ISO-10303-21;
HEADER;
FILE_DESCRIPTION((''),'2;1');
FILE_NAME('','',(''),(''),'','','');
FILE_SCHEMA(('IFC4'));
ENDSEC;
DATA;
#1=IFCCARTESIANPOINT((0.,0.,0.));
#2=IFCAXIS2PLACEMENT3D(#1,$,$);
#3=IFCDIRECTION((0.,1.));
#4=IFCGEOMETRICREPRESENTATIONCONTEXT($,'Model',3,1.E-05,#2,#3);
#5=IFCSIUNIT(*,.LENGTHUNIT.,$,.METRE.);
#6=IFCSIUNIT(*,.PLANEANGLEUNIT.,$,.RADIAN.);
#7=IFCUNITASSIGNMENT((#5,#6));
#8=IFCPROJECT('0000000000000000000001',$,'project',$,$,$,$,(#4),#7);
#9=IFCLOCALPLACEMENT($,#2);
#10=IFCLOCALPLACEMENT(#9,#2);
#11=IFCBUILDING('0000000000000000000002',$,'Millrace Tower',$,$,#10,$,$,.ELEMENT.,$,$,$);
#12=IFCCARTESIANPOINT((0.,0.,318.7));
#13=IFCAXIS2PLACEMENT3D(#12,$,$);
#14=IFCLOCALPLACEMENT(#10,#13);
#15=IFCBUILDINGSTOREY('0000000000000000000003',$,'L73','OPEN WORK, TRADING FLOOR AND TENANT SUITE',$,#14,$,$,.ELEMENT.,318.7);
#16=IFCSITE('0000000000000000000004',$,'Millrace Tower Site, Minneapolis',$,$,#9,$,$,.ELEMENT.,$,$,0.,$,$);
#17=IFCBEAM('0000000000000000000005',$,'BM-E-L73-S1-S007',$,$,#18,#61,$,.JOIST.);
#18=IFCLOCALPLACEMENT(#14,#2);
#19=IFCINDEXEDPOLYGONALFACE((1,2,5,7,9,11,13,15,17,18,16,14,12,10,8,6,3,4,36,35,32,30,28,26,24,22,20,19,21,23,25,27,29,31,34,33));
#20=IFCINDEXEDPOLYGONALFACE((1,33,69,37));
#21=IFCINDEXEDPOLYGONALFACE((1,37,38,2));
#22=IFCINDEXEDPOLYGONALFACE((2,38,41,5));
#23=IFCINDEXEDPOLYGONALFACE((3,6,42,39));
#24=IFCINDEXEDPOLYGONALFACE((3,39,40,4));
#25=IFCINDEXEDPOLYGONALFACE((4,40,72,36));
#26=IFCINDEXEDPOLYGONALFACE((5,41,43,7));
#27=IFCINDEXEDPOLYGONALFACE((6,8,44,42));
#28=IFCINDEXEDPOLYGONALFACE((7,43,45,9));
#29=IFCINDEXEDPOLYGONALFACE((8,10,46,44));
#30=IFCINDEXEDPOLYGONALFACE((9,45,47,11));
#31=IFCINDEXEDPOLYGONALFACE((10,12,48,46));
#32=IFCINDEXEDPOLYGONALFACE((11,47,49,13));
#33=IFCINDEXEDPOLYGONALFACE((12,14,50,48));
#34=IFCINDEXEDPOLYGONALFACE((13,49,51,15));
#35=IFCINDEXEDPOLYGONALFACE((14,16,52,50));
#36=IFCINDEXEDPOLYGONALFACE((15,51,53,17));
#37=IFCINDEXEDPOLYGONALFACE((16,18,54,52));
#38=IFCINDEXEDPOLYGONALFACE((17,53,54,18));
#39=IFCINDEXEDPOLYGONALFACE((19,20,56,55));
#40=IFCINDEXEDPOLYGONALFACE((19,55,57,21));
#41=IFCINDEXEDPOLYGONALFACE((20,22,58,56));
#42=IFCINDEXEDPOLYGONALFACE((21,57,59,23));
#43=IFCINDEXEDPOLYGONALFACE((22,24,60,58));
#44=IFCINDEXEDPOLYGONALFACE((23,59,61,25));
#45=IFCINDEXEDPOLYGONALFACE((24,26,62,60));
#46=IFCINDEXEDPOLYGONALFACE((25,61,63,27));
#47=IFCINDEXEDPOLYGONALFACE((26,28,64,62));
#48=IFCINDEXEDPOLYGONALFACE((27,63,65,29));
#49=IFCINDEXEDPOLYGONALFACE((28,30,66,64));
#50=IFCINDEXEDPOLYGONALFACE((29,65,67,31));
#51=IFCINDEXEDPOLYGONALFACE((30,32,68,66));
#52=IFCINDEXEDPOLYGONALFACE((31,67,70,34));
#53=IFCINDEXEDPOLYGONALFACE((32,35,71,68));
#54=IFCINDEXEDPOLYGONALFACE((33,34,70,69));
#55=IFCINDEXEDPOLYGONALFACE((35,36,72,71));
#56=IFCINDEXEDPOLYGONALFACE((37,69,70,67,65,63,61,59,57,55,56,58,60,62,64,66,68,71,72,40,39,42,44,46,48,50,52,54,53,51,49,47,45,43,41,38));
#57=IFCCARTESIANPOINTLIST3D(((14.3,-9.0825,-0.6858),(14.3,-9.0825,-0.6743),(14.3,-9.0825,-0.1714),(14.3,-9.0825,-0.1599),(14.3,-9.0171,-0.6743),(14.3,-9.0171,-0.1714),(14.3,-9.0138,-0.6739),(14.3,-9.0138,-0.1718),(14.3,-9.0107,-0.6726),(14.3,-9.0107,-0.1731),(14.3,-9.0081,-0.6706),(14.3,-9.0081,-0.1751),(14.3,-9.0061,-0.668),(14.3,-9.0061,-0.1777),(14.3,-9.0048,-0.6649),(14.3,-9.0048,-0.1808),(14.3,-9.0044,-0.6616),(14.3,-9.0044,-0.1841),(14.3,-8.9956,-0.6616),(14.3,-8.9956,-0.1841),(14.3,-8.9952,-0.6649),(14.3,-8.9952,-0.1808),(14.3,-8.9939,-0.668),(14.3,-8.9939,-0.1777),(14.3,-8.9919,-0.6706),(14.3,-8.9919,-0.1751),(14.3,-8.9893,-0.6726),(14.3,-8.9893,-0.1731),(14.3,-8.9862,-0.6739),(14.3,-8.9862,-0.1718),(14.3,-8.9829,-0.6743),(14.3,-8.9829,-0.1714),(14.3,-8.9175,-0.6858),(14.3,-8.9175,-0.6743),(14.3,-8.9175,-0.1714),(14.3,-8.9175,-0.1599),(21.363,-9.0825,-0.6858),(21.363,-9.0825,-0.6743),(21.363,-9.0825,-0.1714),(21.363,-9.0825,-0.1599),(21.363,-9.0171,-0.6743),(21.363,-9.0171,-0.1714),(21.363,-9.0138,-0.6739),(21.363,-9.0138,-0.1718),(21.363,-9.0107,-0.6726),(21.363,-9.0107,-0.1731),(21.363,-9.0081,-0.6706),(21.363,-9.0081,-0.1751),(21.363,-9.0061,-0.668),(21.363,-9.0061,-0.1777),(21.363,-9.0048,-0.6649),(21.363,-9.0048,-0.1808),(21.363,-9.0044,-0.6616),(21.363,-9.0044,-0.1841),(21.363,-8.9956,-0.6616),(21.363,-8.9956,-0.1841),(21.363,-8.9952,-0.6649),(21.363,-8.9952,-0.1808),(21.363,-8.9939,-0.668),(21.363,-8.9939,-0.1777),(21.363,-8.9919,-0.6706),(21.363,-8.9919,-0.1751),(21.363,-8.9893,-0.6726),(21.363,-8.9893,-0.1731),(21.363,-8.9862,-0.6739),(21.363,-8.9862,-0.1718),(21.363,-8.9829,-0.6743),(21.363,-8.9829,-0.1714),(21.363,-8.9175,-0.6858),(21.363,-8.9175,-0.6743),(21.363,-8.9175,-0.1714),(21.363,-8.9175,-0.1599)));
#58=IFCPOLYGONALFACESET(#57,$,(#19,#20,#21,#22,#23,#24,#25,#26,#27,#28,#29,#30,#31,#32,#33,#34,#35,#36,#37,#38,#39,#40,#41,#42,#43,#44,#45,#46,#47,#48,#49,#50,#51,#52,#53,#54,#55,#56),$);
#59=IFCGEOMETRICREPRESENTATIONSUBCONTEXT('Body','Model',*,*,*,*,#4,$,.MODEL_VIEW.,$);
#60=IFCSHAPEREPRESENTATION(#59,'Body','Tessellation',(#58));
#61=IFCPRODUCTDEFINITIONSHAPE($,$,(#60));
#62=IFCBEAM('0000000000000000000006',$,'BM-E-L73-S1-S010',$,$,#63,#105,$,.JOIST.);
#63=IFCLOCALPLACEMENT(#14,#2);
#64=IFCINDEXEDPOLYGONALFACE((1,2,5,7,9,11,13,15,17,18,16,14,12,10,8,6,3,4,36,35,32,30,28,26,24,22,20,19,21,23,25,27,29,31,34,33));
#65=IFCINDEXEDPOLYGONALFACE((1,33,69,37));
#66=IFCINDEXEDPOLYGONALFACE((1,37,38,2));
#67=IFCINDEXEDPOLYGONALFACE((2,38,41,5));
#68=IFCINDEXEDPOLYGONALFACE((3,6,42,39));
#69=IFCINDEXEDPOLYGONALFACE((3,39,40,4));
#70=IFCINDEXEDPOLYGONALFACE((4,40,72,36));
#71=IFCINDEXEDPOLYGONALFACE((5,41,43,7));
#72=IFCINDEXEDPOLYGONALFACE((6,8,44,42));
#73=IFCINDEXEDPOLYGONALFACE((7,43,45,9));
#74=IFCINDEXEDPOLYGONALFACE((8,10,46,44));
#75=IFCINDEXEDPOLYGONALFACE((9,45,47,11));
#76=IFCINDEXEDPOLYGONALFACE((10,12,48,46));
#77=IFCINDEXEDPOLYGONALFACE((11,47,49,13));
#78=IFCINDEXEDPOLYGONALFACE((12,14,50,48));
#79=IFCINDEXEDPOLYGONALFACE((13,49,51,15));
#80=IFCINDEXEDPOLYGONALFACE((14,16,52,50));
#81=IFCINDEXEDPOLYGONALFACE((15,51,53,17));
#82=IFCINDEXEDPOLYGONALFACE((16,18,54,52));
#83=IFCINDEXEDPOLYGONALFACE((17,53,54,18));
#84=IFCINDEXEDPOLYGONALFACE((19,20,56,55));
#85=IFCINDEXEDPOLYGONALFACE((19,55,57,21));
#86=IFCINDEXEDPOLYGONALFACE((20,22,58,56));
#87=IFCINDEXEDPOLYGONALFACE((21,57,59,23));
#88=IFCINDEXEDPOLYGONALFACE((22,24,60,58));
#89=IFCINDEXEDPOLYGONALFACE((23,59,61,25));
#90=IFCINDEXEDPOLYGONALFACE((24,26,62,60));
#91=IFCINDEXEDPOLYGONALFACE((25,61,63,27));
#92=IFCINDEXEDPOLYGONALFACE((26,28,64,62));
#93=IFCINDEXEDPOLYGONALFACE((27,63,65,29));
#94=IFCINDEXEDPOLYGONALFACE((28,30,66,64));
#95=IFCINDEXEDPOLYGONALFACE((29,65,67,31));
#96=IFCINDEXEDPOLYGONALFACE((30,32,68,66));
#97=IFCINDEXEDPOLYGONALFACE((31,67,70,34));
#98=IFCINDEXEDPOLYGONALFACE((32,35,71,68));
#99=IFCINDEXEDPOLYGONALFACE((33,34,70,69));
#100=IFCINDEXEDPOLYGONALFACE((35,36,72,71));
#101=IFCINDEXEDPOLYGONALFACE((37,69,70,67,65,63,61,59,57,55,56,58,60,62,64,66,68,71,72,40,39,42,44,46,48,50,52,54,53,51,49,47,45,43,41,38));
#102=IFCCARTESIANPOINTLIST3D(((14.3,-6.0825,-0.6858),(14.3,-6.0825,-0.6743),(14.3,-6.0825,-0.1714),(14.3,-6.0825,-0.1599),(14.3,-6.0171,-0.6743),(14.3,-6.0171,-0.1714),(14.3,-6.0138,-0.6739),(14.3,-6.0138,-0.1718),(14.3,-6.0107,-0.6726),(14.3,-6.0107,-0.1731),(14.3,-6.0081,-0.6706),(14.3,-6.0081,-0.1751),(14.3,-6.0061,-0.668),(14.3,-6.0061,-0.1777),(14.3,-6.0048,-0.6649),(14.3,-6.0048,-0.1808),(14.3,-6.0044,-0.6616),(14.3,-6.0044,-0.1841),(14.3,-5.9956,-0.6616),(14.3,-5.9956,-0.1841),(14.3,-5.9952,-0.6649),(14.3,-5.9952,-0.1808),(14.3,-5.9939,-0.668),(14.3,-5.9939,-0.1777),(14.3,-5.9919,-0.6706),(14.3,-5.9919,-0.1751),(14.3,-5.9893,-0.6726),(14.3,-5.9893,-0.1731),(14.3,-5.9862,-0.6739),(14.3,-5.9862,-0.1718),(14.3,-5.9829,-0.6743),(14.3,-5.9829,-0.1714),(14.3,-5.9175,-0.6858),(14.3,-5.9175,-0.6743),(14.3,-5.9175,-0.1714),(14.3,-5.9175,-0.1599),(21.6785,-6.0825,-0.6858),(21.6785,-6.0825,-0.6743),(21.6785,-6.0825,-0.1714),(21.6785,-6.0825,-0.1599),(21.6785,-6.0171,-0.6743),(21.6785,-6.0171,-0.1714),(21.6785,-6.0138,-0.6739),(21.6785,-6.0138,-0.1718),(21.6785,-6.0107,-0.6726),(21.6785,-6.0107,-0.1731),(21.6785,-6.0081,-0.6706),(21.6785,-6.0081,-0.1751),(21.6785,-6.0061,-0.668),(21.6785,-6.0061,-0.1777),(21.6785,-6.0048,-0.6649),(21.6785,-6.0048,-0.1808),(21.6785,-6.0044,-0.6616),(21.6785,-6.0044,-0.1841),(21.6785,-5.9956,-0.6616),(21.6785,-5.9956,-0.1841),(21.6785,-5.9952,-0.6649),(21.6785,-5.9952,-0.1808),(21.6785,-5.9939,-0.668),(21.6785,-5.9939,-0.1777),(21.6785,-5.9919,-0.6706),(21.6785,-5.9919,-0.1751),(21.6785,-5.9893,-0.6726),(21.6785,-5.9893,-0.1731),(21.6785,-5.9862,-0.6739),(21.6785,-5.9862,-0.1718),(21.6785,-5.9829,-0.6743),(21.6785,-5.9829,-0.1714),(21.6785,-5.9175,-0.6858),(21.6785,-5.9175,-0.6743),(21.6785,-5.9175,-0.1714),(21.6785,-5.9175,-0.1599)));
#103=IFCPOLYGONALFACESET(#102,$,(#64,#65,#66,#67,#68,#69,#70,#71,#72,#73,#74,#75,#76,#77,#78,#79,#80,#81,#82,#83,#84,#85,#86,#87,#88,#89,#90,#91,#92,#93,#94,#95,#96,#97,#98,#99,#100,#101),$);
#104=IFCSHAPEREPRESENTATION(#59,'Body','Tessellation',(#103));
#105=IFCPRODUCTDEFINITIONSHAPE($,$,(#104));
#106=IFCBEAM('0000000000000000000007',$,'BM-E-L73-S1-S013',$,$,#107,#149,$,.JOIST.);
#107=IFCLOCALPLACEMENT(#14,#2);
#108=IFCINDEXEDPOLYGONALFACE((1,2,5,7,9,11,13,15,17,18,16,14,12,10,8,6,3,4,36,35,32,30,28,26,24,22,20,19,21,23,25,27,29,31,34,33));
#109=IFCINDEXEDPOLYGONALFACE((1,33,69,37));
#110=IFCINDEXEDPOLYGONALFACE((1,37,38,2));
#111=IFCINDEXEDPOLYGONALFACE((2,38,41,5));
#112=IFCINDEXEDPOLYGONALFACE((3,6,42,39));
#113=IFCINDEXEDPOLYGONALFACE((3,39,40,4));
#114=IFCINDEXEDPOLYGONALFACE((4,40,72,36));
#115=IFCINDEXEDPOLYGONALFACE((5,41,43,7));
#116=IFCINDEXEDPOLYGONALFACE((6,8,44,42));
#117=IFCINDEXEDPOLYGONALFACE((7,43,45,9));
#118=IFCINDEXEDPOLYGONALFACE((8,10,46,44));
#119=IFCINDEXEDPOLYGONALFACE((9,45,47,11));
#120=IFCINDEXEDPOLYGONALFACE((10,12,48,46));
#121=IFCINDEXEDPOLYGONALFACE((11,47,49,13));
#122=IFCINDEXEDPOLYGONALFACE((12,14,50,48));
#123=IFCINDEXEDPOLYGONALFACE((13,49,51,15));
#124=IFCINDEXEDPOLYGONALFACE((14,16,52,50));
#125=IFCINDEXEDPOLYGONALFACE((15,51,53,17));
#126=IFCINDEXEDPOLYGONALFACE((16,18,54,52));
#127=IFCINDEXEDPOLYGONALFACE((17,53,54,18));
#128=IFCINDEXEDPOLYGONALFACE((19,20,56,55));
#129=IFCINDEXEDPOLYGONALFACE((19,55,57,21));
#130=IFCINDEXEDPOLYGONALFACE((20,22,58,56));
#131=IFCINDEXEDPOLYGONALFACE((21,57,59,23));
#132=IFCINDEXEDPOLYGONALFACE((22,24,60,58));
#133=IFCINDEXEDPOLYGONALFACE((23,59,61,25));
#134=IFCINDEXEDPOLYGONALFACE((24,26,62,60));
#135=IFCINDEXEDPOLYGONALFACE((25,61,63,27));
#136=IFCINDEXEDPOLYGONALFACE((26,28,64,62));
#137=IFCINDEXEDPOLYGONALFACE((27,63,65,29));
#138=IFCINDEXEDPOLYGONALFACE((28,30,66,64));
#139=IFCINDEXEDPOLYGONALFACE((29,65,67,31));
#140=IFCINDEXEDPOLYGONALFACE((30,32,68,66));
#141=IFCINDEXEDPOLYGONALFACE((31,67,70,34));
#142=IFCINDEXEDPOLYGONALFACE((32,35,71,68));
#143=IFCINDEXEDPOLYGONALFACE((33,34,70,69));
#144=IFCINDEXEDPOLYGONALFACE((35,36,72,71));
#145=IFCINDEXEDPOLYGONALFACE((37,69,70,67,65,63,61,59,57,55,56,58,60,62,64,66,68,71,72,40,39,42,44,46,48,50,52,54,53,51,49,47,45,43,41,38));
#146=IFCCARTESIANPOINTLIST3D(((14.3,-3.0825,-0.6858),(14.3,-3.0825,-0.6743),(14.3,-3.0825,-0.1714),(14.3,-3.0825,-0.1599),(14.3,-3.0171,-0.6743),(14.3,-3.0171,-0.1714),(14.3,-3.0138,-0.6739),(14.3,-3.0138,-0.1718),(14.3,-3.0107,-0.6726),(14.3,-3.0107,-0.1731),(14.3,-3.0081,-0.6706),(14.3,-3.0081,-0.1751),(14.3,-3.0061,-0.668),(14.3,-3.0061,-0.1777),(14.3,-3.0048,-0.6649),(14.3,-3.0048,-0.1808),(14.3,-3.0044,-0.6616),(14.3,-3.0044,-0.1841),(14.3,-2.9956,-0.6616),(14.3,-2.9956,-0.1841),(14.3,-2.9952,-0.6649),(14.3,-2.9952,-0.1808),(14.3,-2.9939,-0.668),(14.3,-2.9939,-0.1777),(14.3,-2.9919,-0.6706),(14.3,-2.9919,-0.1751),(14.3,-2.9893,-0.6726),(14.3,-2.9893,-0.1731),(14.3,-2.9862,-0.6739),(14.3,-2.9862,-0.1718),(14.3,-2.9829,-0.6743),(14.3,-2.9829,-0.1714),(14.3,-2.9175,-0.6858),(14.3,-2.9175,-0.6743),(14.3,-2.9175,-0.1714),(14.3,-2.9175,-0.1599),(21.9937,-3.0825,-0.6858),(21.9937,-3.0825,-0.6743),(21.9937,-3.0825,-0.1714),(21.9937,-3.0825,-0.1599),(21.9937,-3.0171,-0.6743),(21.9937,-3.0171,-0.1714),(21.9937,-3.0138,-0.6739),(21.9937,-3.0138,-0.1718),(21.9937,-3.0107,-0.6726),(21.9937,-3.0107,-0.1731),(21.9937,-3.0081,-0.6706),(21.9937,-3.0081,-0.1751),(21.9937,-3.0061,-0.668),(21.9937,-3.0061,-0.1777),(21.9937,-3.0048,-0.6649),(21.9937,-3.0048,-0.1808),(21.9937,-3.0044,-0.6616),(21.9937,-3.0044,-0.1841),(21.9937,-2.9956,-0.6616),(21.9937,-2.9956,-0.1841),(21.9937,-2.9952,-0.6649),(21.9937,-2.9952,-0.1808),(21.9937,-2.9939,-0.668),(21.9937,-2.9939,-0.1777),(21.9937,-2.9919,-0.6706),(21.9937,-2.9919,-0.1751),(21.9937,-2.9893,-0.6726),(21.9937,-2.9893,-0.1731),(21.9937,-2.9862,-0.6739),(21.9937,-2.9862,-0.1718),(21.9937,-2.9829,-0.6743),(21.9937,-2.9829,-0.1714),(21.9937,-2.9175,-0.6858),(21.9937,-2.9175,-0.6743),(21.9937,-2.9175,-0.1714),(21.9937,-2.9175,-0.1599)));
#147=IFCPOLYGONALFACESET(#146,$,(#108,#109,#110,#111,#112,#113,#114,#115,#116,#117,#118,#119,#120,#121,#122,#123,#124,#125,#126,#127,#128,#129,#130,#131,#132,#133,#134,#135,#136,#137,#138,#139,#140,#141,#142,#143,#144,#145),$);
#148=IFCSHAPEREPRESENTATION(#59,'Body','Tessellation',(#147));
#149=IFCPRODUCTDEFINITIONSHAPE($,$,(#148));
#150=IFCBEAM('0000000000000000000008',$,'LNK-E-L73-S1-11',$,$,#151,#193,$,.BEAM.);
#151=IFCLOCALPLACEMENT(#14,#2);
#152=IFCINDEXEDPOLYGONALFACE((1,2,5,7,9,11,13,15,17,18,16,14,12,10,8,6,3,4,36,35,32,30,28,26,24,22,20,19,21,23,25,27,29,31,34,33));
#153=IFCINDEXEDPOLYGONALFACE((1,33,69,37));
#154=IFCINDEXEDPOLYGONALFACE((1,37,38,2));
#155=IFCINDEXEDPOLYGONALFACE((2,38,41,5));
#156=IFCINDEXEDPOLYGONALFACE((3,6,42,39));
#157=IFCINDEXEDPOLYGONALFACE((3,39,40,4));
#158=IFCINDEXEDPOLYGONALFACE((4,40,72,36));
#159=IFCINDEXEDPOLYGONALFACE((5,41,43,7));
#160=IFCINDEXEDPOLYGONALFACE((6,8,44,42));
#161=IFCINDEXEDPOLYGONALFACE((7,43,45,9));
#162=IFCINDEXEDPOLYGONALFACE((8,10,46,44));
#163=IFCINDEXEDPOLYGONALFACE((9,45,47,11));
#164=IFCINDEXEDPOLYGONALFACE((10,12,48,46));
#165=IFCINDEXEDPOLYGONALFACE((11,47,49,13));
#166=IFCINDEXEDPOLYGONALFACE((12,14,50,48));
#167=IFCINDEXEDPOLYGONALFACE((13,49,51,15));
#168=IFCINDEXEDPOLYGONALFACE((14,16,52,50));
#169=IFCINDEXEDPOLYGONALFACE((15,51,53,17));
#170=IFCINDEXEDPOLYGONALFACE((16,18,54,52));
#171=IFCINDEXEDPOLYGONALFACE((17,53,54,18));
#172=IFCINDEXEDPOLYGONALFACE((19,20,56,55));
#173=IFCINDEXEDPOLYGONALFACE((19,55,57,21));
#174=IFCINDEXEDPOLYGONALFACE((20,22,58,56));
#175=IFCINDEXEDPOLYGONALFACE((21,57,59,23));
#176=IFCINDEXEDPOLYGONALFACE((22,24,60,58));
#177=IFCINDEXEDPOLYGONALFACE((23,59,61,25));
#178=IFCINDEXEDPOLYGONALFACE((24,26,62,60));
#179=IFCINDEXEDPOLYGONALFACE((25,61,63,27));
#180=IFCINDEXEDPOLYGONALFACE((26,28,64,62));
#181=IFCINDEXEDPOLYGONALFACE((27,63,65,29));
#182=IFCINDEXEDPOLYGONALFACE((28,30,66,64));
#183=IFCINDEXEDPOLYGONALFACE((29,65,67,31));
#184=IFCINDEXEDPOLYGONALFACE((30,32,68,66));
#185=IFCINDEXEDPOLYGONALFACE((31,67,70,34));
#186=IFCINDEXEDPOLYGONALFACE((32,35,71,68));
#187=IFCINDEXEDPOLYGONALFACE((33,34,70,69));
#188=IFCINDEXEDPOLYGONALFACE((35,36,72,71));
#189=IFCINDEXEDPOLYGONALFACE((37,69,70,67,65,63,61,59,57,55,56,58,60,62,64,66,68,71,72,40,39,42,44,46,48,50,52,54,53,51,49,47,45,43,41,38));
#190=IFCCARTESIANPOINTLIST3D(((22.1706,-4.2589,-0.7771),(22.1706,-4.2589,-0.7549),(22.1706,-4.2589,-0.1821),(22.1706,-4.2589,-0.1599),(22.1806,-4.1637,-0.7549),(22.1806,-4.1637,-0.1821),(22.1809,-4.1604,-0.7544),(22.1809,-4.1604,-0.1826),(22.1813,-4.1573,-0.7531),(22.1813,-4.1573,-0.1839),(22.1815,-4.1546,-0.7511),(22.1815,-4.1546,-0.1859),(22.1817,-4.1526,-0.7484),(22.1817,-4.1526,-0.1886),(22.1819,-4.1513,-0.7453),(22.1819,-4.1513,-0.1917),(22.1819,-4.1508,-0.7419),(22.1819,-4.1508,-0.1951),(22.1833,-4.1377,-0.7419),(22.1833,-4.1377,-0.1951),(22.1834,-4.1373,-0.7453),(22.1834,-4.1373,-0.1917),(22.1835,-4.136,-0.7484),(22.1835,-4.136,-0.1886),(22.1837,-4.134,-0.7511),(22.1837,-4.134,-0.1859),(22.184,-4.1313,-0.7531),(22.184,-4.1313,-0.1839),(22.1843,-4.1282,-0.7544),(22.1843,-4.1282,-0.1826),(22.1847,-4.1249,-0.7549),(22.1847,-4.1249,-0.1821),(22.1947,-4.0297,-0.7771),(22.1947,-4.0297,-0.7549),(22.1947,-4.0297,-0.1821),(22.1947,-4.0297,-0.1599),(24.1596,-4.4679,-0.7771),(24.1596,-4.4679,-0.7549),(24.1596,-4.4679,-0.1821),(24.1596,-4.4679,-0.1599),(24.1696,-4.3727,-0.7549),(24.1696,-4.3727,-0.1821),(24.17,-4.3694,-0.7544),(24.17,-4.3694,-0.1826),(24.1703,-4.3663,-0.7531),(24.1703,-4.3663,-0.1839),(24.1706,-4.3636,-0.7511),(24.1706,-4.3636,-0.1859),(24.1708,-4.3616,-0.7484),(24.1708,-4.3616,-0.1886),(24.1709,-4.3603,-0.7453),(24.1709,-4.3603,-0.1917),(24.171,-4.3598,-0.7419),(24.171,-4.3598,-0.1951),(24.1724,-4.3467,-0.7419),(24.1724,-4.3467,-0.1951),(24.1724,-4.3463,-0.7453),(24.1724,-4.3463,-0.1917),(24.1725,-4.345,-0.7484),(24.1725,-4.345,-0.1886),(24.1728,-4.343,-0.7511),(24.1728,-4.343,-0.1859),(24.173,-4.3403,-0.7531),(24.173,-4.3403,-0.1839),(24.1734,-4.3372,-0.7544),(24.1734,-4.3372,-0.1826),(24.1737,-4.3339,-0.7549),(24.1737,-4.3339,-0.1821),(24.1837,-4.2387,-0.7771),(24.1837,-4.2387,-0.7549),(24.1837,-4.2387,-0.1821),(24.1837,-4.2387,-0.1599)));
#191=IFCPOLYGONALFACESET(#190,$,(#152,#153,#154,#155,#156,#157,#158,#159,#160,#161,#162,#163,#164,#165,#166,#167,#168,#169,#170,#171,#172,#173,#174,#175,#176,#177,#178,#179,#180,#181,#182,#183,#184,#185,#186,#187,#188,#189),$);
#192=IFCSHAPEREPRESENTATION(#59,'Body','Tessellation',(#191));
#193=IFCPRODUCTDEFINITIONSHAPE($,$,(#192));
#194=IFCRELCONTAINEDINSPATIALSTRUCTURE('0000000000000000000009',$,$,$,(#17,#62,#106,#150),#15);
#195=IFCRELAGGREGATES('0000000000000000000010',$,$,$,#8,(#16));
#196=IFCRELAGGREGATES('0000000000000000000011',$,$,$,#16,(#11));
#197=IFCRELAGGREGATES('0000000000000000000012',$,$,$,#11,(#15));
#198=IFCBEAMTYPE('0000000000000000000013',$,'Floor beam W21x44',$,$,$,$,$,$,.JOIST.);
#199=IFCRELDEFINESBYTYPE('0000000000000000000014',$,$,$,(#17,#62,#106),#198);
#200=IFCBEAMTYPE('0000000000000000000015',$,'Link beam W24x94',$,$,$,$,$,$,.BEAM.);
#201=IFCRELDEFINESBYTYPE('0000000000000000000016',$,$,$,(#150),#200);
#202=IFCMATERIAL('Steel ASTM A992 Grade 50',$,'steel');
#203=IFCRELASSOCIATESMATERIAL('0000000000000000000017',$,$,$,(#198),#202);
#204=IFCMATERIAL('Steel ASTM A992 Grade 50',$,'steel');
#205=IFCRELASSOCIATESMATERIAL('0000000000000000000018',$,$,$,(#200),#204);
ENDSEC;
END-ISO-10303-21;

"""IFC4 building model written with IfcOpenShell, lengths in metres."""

from ifc_helpers import new_model, si_unit, direction, frame, origin, origin_2d, place, context, subcontext, project, spatial, i_section, extrude, material, material_profile, profile_set, type_object, element, save


model = new_model("IFC4")

# Units and contexts
model_context = context("Model", 3, precision=1e-05, world=origin(), true_north=direction((0.0, 1.0)))
body_context = subcontext(model_context, "Body", "Model", "MODEL_VIEW")
ifc_project = project(units=[si_unit("LENGTHUNIT", "METRE"), si_unit("PLANEANGLEUNIT", "RADIAN")], contexts=[model_context])

# Site, building, storey
site_placement = place(None, origin())
site = spatial("IfcSite", under=ifc_project, at=site_placement, Name="Millrace Tower Site, Minneapolis", CompositionType="ELEMENT", RefElevation=0.0)
building_placement = place(site_placement, origin())
building = spatial("IfcBuilding", under=site, at=building_placement, Name="Millrace Tower", CompositionType="ELEMENT")
storey_placement = place(building_placement, frame((0.0, 0.0, 318.7)))
storey = spatial("IfcBuildingStorey", under=building, at=storey_placement, Name="L73", Description="OPEN WORK, TRADING FLOOR AND TENANT SUITE", CompositionType="ELEMENT", Elevation=318.7)

# Beams
ifc_material_1 = material(Name="Steel ASTM A992 Grade 50", Category="steel")
ifc_material_profile_1 = material_profile(ifc_material_1, i_section(OverallWidth=0.165, OverallDepth=0.5259, WebThickness=0.0088, FlangeThickness=0.0115, FilletRadius=0.0127, at=origin_2d()))
ifc_profile_set_1 = profile_set([ifc_material_profile_1], Name="Steel ASTM A992 Grade 50")
beam_type_1 = type_object("IfcBeamType", Name="Floor beam W21x44", PredefinedType="JOIST", material=ifc_profile_set_1)
beam_1_placement = place(storey_placement, frame((14.3, -9.0, -0.4229), z_axis=(1.0, 0.0, 0.0), x_axis=(0.0, 1.0, 0.0)))
element("IfcBeam", 1, at=beam_1_placement, inside=storey, type_object=beam_type_1, Name="BM-E-L73-S1-S007", PredefinedType="JOIST", context=body_context, shape_type="SweptSolid", body=[
    extrude(i_section(OverallWidth=0.165, OverallDepth=0.5259, WebThickness=0.0088, FlangeThickness=0.0115, FilletRadius=0.0127, at=origin_2d()), origin(), (0.0, 0.0, 1.0), 7.063),
])
beam_2_placement = place(storey_placement, frame((14.3, -6.0, -0.4229), z_axis=(1.0, 0.0, 0.0), x_axis=(0.0, 1.0, 0.0)))
element("IfcBeam", 2, at=beam_2_placement, inside=storey, type_object=beam_type_1, Name="BM-E-L73-S1-S010", PredefinedType="JOIST", context=body_context, shape_type="SweptSolid", body=[
    extrude(i_section(OverallWidth=0.165, OverallDepth=0.5259, WebThickness=0.0088, FlangeThickness=0.0115, FilletRadius=0.0127, at=origin_2d()), origin(), (0.0, 0.0, 1.0), 7.3784),
])
beam_3_placement = place(storey_placement, frame((14.3, -3.0, -0.4229), z_axis=(1.0, 0.0, 0.0), x_axis=(0.0, 1.0, 0.0)))
element("IfcBeam", 3, at=beam_3_placement, inside=storey, type_object=beam_type_1, Name="BM-E-L73-S1-S013", PredefinedType="JOIST", context=body_context, shape_type="SweptSolid", body=[
    extrude(i_section(OverallWidth=0.165, OverallDepth=0.5259, WebThickness=0.0088, FlangeThickness=0.0115, FilletRadius=0.0127, at=origin_2d()), origin(), (0.0, 0.0, 1.0), 7.6936),
])
ifc_material_2 = material(Name="Steel ASTM A992 Grade 50", Category="steel")
ifc_material_profile_2 = material_profile(ifc_material_2, i_section(OverallWidth=0.2305, OverallDepth=0.6172, WebThickness=0.0132, FlangeThickness=0.0222, FilletRadius=0.0129, at=origin_2d()))
ifc_profile_set_2 = profile_set([ifc_material_profile_2], Name="Steel ASTM A992 Grade 50")
beam_type_2 = type_object("IfcBeamType", Name="Link beam W24x94", PredefinedType="BEAM", material=ifc_profile_set_2)
beam_4_placement = place(storey_placement, frame((22.1826, -4.1443, -0.4685), z_axis=(0.994526, -0.104494, 0.0), x_axis=(0.104494, 0.994526, 0.0)))
element("IfcBeam", 4, at=beam_4_placement, inside=storey, type_object=beam_type_2, Name="LNK-E-L73-S1-11", PredefinedType="BEAM", context=body_context, shape_type="SweptSolid", body=[
    extrude(i_section(OverallWidth=0.2305, OverallDepth=0.6172, WebThickness=0.0132, FlangeThickness=0.0222, FilletRadius=0.0129, at=origin_2d()), origin(), (0.0, 0.0, 1.0), 2.0),
])

save(model, "model.ifc")
